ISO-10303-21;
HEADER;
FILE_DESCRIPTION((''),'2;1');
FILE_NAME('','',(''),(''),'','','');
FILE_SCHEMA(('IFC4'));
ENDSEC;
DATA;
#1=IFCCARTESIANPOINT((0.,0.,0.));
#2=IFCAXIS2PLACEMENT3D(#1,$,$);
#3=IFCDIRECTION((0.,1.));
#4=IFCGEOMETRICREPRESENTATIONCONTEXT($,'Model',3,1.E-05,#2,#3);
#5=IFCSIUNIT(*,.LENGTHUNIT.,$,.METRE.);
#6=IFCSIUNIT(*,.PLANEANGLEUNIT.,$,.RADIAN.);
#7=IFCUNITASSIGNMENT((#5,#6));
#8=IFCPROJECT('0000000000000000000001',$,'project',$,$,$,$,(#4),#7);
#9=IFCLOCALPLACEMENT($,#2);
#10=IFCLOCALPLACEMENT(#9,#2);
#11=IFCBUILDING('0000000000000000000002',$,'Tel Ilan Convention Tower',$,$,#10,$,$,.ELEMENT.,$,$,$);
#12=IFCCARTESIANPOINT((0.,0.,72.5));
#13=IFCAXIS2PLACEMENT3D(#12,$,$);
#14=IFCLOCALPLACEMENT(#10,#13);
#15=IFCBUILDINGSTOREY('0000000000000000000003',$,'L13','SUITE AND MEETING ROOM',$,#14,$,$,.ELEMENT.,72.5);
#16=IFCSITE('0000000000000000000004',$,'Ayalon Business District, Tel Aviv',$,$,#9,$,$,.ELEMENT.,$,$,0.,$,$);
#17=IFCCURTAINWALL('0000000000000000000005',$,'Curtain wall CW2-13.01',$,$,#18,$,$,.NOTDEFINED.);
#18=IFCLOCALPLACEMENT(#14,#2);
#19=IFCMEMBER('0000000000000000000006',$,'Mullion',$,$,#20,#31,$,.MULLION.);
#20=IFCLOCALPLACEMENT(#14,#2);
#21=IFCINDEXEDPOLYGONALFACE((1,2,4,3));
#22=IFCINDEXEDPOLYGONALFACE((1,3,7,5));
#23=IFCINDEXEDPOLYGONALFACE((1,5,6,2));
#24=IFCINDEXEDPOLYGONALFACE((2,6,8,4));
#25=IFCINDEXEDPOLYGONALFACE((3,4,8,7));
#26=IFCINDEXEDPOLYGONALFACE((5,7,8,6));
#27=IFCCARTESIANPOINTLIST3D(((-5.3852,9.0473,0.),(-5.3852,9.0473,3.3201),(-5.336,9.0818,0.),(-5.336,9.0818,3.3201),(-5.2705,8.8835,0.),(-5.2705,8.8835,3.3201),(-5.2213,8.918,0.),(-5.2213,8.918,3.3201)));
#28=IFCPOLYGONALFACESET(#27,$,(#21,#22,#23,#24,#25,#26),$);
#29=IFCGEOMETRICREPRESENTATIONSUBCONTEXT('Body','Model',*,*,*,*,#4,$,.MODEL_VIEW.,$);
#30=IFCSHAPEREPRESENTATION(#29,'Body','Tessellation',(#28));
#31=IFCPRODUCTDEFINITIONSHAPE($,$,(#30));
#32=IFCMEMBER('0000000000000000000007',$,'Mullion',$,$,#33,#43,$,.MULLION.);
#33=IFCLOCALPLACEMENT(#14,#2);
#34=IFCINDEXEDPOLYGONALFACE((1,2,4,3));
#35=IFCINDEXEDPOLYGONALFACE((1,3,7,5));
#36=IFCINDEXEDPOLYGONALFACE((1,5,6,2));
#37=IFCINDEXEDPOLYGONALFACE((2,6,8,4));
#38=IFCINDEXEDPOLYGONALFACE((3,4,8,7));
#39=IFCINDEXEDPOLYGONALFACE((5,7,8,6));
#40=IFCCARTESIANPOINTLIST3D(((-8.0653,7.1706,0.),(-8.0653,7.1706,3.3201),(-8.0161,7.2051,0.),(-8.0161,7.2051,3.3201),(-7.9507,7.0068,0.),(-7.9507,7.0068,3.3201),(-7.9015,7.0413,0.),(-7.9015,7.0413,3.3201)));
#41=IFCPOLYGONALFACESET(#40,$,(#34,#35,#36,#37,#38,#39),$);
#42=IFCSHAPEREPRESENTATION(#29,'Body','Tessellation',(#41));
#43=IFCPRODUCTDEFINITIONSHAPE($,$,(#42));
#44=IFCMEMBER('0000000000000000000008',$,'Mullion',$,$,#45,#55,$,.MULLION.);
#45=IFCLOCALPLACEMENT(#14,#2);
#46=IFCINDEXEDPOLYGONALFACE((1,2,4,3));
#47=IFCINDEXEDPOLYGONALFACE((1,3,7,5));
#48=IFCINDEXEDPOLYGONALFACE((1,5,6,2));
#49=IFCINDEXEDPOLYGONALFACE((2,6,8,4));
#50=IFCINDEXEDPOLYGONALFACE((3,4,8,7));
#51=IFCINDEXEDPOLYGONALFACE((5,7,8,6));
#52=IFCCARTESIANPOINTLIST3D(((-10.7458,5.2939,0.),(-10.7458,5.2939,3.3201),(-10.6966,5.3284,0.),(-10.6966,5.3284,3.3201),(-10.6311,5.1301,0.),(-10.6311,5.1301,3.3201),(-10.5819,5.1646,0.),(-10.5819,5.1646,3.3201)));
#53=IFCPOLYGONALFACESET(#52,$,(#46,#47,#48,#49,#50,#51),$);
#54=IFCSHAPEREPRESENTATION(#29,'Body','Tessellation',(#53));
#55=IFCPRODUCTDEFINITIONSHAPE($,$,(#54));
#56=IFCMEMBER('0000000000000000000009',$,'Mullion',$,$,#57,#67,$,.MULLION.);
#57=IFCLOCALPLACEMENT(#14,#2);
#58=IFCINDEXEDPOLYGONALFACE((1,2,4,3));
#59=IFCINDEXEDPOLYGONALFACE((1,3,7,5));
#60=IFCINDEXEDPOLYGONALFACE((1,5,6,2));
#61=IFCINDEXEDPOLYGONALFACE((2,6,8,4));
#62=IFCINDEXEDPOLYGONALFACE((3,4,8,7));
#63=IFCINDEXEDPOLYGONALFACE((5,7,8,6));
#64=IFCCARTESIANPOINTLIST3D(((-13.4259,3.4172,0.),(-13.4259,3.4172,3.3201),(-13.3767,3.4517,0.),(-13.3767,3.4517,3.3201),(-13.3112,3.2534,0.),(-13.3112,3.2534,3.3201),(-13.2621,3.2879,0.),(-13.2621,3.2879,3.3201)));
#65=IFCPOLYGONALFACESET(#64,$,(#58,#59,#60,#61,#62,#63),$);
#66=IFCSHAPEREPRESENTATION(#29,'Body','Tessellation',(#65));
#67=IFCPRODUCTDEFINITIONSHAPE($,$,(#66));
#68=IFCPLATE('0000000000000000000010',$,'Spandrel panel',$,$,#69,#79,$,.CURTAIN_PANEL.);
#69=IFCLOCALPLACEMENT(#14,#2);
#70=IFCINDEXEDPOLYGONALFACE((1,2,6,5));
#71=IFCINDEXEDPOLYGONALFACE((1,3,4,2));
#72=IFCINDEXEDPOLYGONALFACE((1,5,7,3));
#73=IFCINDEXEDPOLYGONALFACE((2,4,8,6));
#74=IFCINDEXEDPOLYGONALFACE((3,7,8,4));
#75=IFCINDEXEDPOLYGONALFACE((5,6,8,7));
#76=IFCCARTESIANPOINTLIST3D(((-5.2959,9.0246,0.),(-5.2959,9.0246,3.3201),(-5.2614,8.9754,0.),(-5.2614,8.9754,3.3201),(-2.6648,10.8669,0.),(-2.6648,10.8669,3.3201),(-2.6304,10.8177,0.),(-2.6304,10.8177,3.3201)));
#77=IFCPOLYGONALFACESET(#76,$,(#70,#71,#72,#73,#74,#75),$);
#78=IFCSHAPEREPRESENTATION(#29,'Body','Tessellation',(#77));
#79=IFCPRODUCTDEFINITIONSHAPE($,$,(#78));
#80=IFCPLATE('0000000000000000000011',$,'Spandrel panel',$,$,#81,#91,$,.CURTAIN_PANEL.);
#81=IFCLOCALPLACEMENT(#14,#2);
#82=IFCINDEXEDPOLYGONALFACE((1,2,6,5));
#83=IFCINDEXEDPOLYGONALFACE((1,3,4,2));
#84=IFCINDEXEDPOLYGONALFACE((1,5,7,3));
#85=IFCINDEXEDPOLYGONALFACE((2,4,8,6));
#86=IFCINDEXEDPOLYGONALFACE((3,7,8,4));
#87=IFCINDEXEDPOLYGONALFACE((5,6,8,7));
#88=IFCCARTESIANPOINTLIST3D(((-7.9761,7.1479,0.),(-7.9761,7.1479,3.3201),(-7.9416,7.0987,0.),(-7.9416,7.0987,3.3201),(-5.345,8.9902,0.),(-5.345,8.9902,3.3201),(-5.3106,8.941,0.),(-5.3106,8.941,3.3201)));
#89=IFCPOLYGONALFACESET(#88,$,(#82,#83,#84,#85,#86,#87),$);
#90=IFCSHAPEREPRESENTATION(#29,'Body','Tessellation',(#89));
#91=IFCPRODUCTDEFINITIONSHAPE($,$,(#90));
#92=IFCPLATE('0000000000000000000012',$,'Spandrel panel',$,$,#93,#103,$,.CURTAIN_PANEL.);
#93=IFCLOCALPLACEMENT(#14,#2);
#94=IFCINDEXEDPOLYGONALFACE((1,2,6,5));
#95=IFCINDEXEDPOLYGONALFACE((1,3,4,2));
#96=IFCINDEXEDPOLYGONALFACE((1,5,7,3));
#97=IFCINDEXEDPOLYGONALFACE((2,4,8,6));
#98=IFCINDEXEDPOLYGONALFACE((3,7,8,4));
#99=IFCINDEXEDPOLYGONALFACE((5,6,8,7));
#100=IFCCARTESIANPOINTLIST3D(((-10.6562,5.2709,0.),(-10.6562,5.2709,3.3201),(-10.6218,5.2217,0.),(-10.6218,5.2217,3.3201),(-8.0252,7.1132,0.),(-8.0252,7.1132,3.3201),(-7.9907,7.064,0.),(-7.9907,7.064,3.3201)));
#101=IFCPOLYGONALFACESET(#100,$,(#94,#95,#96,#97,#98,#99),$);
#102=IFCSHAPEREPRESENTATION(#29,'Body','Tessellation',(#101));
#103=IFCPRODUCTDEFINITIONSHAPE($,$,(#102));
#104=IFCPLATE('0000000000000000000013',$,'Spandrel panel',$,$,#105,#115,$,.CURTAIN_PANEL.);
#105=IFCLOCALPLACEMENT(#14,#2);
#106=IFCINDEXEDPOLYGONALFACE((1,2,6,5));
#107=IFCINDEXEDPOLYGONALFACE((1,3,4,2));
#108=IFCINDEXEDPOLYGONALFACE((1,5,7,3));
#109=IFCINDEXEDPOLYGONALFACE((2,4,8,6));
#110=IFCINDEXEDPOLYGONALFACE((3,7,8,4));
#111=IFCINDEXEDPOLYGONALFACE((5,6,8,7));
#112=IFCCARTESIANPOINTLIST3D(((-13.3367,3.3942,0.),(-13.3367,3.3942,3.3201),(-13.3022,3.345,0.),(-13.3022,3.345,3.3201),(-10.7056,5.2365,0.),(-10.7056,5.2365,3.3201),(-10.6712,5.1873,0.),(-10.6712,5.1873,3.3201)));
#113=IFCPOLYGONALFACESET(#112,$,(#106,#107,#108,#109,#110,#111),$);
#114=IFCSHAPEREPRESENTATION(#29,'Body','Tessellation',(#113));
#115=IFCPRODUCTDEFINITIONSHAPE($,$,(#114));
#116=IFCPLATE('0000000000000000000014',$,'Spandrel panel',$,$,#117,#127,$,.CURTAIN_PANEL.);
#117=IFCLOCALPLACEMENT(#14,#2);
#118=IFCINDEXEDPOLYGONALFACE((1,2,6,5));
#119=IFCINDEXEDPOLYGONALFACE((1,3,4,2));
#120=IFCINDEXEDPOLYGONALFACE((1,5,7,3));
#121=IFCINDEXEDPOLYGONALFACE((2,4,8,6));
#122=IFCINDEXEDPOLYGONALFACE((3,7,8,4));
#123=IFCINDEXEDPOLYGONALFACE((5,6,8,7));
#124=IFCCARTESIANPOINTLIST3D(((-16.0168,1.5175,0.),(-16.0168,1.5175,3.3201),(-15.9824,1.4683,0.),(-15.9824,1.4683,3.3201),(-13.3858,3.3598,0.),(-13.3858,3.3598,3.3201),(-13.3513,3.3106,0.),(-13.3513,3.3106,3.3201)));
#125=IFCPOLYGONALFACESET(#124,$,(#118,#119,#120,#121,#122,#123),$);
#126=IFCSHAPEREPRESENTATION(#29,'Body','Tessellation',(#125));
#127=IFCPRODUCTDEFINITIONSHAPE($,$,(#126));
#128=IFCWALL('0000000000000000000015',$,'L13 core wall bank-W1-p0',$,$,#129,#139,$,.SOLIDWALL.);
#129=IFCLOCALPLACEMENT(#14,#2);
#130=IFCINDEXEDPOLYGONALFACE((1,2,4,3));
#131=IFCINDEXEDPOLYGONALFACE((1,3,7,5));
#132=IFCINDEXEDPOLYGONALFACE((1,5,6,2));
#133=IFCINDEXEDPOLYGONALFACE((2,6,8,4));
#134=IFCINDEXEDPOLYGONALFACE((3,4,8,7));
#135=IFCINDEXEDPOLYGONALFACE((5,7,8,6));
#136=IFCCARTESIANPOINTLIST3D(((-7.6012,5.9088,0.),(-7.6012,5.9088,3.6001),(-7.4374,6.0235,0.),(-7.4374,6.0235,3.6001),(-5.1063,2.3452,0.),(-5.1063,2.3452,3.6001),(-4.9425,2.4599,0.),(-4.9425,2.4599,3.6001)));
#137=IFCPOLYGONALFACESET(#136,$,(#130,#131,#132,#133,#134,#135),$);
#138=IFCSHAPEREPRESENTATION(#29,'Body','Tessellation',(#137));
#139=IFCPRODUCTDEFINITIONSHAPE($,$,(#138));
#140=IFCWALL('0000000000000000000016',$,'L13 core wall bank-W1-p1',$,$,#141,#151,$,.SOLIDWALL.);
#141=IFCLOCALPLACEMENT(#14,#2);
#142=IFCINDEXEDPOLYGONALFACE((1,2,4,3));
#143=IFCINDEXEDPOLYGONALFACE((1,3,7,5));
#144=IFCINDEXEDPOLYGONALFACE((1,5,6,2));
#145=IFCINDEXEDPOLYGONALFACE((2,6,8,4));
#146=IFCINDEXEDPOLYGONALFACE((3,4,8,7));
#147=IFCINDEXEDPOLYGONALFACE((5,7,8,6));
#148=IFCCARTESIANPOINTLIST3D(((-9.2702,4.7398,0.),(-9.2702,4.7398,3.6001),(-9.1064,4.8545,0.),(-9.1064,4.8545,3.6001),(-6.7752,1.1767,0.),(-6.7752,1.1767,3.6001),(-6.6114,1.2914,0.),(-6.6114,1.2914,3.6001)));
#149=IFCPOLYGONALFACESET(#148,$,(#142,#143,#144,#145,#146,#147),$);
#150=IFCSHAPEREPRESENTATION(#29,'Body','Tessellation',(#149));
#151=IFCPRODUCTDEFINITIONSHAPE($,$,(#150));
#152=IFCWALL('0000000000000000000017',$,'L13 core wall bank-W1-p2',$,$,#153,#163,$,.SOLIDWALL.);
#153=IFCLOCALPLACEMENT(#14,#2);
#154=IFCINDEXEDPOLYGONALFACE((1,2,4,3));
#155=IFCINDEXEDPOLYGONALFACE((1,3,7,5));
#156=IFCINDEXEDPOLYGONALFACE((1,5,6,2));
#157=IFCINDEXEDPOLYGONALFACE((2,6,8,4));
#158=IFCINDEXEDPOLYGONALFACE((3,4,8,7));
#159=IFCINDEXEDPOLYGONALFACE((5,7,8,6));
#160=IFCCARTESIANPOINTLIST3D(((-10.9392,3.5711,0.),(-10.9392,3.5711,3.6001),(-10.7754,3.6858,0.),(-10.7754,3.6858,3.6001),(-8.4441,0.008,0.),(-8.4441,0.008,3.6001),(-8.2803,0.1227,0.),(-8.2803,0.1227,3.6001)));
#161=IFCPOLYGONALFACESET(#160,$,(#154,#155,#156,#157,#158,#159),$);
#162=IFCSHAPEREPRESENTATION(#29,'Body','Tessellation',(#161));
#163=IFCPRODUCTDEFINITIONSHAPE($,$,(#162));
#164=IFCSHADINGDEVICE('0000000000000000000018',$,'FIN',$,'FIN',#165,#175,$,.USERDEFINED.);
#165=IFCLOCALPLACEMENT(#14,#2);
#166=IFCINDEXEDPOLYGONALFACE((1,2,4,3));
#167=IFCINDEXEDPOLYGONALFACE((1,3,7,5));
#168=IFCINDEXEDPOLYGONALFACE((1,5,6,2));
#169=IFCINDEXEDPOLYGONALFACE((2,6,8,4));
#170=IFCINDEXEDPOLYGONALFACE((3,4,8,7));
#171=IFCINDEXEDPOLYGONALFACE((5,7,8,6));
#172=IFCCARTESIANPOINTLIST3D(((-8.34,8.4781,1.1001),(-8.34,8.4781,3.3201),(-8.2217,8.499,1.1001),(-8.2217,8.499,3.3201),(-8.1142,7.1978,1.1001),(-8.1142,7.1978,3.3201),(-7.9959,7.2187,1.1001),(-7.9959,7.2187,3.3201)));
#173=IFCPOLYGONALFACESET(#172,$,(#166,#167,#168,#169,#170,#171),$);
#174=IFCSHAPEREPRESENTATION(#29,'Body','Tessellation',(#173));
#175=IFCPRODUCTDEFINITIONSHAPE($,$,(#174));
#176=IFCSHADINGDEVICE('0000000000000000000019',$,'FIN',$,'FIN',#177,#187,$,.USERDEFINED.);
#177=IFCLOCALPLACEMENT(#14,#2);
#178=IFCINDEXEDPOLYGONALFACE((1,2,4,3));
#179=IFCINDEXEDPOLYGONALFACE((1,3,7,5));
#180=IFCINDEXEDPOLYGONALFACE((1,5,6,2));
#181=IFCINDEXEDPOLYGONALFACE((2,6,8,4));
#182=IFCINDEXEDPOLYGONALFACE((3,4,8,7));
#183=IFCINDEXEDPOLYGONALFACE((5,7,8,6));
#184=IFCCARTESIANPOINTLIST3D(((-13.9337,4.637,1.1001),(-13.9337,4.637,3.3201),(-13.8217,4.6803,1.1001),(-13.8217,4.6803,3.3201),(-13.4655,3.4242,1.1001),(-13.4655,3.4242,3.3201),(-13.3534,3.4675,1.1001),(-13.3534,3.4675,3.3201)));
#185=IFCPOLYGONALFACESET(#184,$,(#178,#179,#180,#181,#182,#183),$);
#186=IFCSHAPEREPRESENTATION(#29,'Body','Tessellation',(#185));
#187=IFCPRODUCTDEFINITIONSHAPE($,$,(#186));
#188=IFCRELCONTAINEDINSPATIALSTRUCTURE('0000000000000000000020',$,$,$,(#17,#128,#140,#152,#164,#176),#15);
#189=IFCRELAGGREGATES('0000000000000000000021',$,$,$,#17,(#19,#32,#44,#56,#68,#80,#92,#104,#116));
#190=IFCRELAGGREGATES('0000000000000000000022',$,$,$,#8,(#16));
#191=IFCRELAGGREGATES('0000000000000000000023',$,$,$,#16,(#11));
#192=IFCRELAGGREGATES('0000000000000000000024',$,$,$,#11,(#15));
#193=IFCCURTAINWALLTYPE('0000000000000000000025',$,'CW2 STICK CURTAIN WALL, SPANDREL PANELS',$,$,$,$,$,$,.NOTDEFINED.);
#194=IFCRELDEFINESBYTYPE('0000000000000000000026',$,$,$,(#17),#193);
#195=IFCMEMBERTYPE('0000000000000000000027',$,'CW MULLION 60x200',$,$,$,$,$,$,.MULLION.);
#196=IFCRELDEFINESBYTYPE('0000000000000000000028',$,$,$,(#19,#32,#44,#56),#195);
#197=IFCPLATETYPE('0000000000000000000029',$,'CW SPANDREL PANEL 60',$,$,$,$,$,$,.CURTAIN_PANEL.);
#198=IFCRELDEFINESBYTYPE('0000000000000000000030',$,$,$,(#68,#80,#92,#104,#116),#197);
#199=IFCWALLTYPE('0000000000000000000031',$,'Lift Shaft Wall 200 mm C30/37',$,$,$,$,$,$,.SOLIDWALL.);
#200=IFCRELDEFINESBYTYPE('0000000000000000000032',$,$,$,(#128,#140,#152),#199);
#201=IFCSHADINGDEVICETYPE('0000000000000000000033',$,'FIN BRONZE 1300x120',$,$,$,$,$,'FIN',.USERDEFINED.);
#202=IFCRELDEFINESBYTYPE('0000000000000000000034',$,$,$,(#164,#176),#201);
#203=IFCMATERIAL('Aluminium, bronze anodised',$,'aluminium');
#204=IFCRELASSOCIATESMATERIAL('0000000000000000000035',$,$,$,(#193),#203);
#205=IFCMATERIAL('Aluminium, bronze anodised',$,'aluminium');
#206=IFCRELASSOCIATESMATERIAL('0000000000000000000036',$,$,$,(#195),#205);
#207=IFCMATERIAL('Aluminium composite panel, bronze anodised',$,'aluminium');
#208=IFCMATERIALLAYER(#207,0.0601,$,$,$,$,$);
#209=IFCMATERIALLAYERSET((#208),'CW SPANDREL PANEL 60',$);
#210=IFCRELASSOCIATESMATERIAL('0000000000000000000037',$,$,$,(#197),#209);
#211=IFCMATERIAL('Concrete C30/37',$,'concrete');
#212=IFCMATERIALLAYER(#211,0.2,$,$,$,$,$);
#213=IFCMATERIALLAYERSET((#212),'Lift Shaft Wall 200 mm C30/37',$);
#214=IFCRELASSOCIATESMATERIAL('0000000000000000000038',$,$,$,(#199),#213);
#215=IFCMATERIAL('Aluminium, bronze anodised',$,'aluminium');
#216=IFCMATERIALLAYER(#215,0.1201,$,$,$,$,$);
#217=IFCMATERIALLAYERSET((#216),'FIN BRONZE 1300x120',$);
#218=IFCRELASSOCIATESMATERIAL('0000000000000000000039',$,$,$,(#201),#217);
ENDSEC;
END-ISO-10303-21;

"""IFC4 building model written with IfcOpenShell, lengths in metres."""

from ifc_helpers import new_model, si_unit, direction, frame, frame_2d, origin, origin_2d, place, context, subcontext, project, spatial, rectangle, extrude, material, layer, layer_set, material_profile, profile_set, type_object, element, aggregate, save


model = new_model("IFC4")

# Units and contexts
model_context = context("Model", 3, precision=1e-05, world=origin(), true_north=direction((0.0, 1.0)))
body_context = subcontext(model_context, "Body", "Model", "MODEL_VIEW")
ifc_project = project(units=[si_unit("LENGTHUNIT", "METRE"), si_unit("PLANEANGLEUNIT", "RADIAN")], contexts=[model_context])

# Site, building, storey
site_placement = place(None, origin())
site = spatial("IfcSite", under=ifc_project, at=site_placement, Name="Ayalon Business District, Tel Aviv", CompositionType="ELEMENT", RefElevation=0.0)
building_placement = place(site_placement, origin())
building = spatial("IfcBuilding", under=site, at=building_placement, Name="Tel Ilan Convention Tower", CompositionType="ELEMENT")
storey_placement = place(building_placement, frame((0.0, 0.0, 72.5)))
storey = spatial("IfcBuildingStorey", under=building, at=storey_placement, Name="L13", Description="SUITE AND MEETING ROOM", CompositionType="ELEMENT", Elevation=72.5)

# Curtain wall, members, plates
ifc_material_1 = material(Name="Aluminium, bronze anodised", Category="aluminium")
curtain_wall_type = type_object("IfcCurtainWallType", Name="CW2 STICK CURTAIN WALL, SPANDREL PANELS", PredefinedType="NOTDEFINED", material=ifc_material_1)
curtain_wall_placement = place(storey_placement, origin())
curtain_wall = element("IfcCurtainWall", 1, at=curtain_wall_placement, inside=storey, type_object=curtain_wall_type, Name="Curtain wall CW2-13.01", PredefinedType="NOTDEFINED")
ifc_material_2 = material(Name="Aluminium, bronze anodised", Category="aluminium")
ifc_material_profile = material_profile(ifc_material_2, rectangle(XDim=0.0601, YDim=0.2, at=origin_2d()), Name="CW MULLION 60x200")
ifc_profile_set = profile_set([ifc_material_profile], Name="Aluminium, bronze anodised")
member_type = type_object("IfcMemberType", Name="CW MULLION 60x200", PredefinedType="MULLION", material=ifc_profile_set)
member_1_placement = place(storey_placement, frame((-5.3032, 8.9827, 0.0), z_axis=(0.0, 0.0, 1.0), x_axis=(-0.819152, -0.573576, 0.0)))
member_1 = element("IfcMember", 2, at=member_1_placement, type_object=member_type, Name="Mullion", PredefinedType="MULLION", context=body_context, shape_type="SweptSolid", body=[
    extrude(rectangle(XDim=0.0601, YDim=0.2, at=origin_2d()), origin(), (0.0, 0.0, 1.0), 3.3201),
])
member_2_placement = place(storey_placement, frame((-7.9834, 7.106, 0.0), z_axis=(0.0, 0.0, 1.0), x_axis=(-0.819152, -0.573576, 0.0)))
member_2 = element("IfcMember", 3, at=member_2_placement, type_object=member_type, Name="Mullion", PredefinedType="MULLION", context=body_context, shape_type="SweptSolid", body=[
    extrude(rectangle(XDim=0.0601, YDim=0.2, at=origin_2d()), origin(), (0.0, 0.0, 1.0), 3.3201),
])
member_3_placement = place(storey_placement, frame((-10.6638, 5.2292, 0.0), z_axis=(0.0, 0.0, 1.0), x_axis=(-0.819152, -0.573576, 0.0)))
member_3 = element("IfcMember", 4, at=member_3_placement, type_object=member_type, Name="Mullion", PredefinedType="MULLION", context=body_context, shape_type="SweptSolid", body=[
    extrude(rectangle(XDim=0.0601, YDim=0.2, at=origin_2d()), origin(), (0.0, 0.0, 1.0), 3.3201),
])
member_4_placement = place(storey_placement, frame((-13.344, 3.3525, 0.0), z_axis=(0.0, 0.0, 1.0), x_axis=(-0.819152, -0.573576, 0.0)))
member_4 = element("IfcMember", 5, at=member_4_placement, type_object=member_type, Name="Mullion", PredefinedType="MULLION", context=body_context, shape_type="SweptSolid", body=[
    extrude(rectangle(XDim=0.0601, YDim=0.2, at=origin_2d()), origin(), (0.0, 0.0, 1.0), 3.3201),
])
ifc_material_3 = material(Name="Aluminium composite panel, bronze anodised", Category="aluminium")
ifc_layer_1 = layer(ifc_material_3, 0.0601)
ifc_layer_set_1 = layer_set([ifc_layer_1], Name="CW SPANDREL PANEL 60")
plate_type = type_object("IfcPlateType", Name="CW SPANDREL PANEL 60", PredefinedType="CURTAIN_PANEL", material=ifc_layer_set_1)
plate_1_placement = place(storey_placement, frame((-3.9631, 9.9211, 0.0), z_axis=(0.0, 0.0, 1.0), x_axis=(-0.819152, -0.573576, 0.0)))
plate_1 = element("IfcPlate", 6, at=plate_1_placement, type_object=plate_type, Name="Spandrel panel", PredefinedType="CURTAIN_PANEL", context=body_context, shape_type="SweptSolid", body=[
    extrude(rectangle(XDim=3.2119, YDim=0.0601, at=origin_2d()), origin(), (0.0, 0.0, 1.0), 3.3201),
])
plate_2_placement = place(storey_placement, frame((-6.6433, 8.0444, 0.0), z_axis=(0.0, 0.0, 1.0), x_axis=(-0.819152, -0.573576, 0.0)))
plate_2 = element("IfcPlate", 7, at=plate_2_placement, type_object=plate_type, Name="Spandrel panel", PredefinedType="CURTAIN_PANEL", context=body_context, shape_type="SweptSolid", body=[
    extrude(rectangle(XDim=3.2119, YDim=0.0601, at=origin_2d()), origin(), (0.0, 0.0, 1.0), 3.3201),
])
plate_3_placement = place(storey_placement, frame((-9.3235, 6.1675, 0.0), z_axis=(0.0, 0.0, 1.0), x_axis=(-0.819152, -0.573576, 0.0)))
plate_3 = element("IfcPlate", 8, at=plate_3_placement, type_object=plate_type, Name="Spandrel panel", PredefinedType="CURTAIN_PANEL", context=body_context, shape_type="SweptSolid", body=[
    extrude(rectangle(XDim=3.2119, YDim=0.0601, at=origin_2d()), origin(), (0.0, 0.0, 1.0), 3.3201),
])
plate_4_placement = place(storey_placement, frame((-12.0039, 4.2908, 0.0), z_axis=(0.0, 0.0, 1.0), x_axis=(-0.819152, -0.573576, 0.0)))
plate_4 = element("IfcPlate", 9, at=plate_4_placement, type_object=plate_type, Name="Spandrel panel", PredefinedType="CURTAIN_PANEL", context=body_context, shape_type="SweptSolid", body=[
    extrude(rectangle(XDim=3.2119, YDim=0.0601, at=origin_2d()), origin(), (0.0, 0.0, 1.0), 3.3201),
])
plate_5_placement = place(storey_placement, frame((-14.6841, 2.4141, 0.0), z_axis=(0.0, 0.0, 1.0), x_axis=(-0.819152, -0.573576, 0.0)))
plate_5 = element("IfcPlate", 10, at=plate_5_placement, type_object=plate_type, Name="Spandrel panel", PredefinedType="CURTAIN_PANEL", context=body_context, shape_type="SweptSolid", body=[
    extrude(rectangle(XDim=3.2119, YDim=0.0601, at=origin_2d()), origin(), (0.0, 0.0, 1.0), 3.3201),
])
aggregate(curtain_wall, [member_1, member_2, member_3, member_4, plate_1, plate_2, plate_3, plate_4, plate_5])

# Walls
ifc_material_4 = material(Name="Concrete C30/37", Category="concrete")
ifc_layer_2 = layer(ifc_material_4, 0.2)
ifc_layer_set_2 = layer_set([ifc_layer_2], Name="Lift Shaft Wall 200 mm C30/37")
wall_type = type_object("IfcWallType", Name="Lift Shaft Wall 200 mm C30/37", PredefinedType="SOLIDWALL", material=ifc_layer_set_2)
wall_placement = place(storey_placement, frame((-5.0244, 2.4026, 0.0), z_axis=(0.0, 0.0, 1.0), x_axis=(-0.57353, 0.819184, 0.0)))
element("IfcWall", 11, at=wall_placement, inside=storey, type_object=wall_type, Name="L13 core wall bank-W1-p0", PredefinedType="SOLIDWALL", context=body_context, shape_type="SweptSolid", body=[
    extrude(rectangle(XDim=4.3501, YDim=0.2, at=frame_2d((2.175, 0.0))), origin(), (0.0, 0.0, 1.0), 3.6001),
])
for number, where, z_axis, x_axis, name in (
    (12, (-6.6934, 1.2341, 0.0), (0.0, 0.0, 1.0), (-0.573594, 0.81914, 0.0), "L13 core wall bank-W1-p1"),
    (13, (-8.3623, 0.0654, 0.0), (0.0, 0.0, 1.0), (-0.573594, 0.81914, 0.0), "L13 core wall bank-W1-p2"),
):
    element("IfcWall", number, at=place(storey_placement, frame(where, z_axis=z_axis, x_axis=x_axis)), inside=storey, type_object=wall_type, Name=name, PredefinedType="SOLIDWALL", context=body_context, shape_type="SweptSolid", body=[
        extrude(rectangle(XDim=4.3499, YDim=0.2, at=frame_2d((2.1748, 0.0))), origin(), (0.0, 0.0, 1.0), 3.6001),
    ])

# Shading devices
ifc_material_5 = material(Name="Aluminium, bronze anodised", Category="aluminium")
ifc_layer_3 = layer(ifc_material_5, 0.1201)
ifc_layer_set_3 = layer_set([ifc_layer_3], Name="FIN BRONZE 1300x120")
shading_device_type = type_object("IfcShadingDeviceType", Name="FIN BRONZE 1300x120", ElementType="FIN", PredefinedType="USERDEFINED", material=ifc_layer_set_3)
for number, where, z_axis, x_axis, name in (
    (14, (-8.168, 7.8484, 1.1001), (0.0, 0.0, 1.0), (-0.173648, 0.984808, 0.0), "FIN"),
    (15, (-13.6436, 4.0522, 1.1001), (0.0, 0.0, 1.0), (-0.360178, 0.932884, 0.0), "FIN"),
):
    element("IfcShadingDevice", number, at=place(storey_placement, frame(where, z_axis=z_axis, x_axis=x_axis)), inside=storey, type_object=shading_device_type, Name=name, ObjectType="FIN", PredefinedType="USERDEFINED", context=body_context, shape_type="SweptSolid", body=[
        extrude(rectangle(XDim=1.3, YDim=0.1201, at=origin_2d()), origin(), (0.0, 0.0, 1.0), 2.22),
    ])

save(model, "model.ifc")
